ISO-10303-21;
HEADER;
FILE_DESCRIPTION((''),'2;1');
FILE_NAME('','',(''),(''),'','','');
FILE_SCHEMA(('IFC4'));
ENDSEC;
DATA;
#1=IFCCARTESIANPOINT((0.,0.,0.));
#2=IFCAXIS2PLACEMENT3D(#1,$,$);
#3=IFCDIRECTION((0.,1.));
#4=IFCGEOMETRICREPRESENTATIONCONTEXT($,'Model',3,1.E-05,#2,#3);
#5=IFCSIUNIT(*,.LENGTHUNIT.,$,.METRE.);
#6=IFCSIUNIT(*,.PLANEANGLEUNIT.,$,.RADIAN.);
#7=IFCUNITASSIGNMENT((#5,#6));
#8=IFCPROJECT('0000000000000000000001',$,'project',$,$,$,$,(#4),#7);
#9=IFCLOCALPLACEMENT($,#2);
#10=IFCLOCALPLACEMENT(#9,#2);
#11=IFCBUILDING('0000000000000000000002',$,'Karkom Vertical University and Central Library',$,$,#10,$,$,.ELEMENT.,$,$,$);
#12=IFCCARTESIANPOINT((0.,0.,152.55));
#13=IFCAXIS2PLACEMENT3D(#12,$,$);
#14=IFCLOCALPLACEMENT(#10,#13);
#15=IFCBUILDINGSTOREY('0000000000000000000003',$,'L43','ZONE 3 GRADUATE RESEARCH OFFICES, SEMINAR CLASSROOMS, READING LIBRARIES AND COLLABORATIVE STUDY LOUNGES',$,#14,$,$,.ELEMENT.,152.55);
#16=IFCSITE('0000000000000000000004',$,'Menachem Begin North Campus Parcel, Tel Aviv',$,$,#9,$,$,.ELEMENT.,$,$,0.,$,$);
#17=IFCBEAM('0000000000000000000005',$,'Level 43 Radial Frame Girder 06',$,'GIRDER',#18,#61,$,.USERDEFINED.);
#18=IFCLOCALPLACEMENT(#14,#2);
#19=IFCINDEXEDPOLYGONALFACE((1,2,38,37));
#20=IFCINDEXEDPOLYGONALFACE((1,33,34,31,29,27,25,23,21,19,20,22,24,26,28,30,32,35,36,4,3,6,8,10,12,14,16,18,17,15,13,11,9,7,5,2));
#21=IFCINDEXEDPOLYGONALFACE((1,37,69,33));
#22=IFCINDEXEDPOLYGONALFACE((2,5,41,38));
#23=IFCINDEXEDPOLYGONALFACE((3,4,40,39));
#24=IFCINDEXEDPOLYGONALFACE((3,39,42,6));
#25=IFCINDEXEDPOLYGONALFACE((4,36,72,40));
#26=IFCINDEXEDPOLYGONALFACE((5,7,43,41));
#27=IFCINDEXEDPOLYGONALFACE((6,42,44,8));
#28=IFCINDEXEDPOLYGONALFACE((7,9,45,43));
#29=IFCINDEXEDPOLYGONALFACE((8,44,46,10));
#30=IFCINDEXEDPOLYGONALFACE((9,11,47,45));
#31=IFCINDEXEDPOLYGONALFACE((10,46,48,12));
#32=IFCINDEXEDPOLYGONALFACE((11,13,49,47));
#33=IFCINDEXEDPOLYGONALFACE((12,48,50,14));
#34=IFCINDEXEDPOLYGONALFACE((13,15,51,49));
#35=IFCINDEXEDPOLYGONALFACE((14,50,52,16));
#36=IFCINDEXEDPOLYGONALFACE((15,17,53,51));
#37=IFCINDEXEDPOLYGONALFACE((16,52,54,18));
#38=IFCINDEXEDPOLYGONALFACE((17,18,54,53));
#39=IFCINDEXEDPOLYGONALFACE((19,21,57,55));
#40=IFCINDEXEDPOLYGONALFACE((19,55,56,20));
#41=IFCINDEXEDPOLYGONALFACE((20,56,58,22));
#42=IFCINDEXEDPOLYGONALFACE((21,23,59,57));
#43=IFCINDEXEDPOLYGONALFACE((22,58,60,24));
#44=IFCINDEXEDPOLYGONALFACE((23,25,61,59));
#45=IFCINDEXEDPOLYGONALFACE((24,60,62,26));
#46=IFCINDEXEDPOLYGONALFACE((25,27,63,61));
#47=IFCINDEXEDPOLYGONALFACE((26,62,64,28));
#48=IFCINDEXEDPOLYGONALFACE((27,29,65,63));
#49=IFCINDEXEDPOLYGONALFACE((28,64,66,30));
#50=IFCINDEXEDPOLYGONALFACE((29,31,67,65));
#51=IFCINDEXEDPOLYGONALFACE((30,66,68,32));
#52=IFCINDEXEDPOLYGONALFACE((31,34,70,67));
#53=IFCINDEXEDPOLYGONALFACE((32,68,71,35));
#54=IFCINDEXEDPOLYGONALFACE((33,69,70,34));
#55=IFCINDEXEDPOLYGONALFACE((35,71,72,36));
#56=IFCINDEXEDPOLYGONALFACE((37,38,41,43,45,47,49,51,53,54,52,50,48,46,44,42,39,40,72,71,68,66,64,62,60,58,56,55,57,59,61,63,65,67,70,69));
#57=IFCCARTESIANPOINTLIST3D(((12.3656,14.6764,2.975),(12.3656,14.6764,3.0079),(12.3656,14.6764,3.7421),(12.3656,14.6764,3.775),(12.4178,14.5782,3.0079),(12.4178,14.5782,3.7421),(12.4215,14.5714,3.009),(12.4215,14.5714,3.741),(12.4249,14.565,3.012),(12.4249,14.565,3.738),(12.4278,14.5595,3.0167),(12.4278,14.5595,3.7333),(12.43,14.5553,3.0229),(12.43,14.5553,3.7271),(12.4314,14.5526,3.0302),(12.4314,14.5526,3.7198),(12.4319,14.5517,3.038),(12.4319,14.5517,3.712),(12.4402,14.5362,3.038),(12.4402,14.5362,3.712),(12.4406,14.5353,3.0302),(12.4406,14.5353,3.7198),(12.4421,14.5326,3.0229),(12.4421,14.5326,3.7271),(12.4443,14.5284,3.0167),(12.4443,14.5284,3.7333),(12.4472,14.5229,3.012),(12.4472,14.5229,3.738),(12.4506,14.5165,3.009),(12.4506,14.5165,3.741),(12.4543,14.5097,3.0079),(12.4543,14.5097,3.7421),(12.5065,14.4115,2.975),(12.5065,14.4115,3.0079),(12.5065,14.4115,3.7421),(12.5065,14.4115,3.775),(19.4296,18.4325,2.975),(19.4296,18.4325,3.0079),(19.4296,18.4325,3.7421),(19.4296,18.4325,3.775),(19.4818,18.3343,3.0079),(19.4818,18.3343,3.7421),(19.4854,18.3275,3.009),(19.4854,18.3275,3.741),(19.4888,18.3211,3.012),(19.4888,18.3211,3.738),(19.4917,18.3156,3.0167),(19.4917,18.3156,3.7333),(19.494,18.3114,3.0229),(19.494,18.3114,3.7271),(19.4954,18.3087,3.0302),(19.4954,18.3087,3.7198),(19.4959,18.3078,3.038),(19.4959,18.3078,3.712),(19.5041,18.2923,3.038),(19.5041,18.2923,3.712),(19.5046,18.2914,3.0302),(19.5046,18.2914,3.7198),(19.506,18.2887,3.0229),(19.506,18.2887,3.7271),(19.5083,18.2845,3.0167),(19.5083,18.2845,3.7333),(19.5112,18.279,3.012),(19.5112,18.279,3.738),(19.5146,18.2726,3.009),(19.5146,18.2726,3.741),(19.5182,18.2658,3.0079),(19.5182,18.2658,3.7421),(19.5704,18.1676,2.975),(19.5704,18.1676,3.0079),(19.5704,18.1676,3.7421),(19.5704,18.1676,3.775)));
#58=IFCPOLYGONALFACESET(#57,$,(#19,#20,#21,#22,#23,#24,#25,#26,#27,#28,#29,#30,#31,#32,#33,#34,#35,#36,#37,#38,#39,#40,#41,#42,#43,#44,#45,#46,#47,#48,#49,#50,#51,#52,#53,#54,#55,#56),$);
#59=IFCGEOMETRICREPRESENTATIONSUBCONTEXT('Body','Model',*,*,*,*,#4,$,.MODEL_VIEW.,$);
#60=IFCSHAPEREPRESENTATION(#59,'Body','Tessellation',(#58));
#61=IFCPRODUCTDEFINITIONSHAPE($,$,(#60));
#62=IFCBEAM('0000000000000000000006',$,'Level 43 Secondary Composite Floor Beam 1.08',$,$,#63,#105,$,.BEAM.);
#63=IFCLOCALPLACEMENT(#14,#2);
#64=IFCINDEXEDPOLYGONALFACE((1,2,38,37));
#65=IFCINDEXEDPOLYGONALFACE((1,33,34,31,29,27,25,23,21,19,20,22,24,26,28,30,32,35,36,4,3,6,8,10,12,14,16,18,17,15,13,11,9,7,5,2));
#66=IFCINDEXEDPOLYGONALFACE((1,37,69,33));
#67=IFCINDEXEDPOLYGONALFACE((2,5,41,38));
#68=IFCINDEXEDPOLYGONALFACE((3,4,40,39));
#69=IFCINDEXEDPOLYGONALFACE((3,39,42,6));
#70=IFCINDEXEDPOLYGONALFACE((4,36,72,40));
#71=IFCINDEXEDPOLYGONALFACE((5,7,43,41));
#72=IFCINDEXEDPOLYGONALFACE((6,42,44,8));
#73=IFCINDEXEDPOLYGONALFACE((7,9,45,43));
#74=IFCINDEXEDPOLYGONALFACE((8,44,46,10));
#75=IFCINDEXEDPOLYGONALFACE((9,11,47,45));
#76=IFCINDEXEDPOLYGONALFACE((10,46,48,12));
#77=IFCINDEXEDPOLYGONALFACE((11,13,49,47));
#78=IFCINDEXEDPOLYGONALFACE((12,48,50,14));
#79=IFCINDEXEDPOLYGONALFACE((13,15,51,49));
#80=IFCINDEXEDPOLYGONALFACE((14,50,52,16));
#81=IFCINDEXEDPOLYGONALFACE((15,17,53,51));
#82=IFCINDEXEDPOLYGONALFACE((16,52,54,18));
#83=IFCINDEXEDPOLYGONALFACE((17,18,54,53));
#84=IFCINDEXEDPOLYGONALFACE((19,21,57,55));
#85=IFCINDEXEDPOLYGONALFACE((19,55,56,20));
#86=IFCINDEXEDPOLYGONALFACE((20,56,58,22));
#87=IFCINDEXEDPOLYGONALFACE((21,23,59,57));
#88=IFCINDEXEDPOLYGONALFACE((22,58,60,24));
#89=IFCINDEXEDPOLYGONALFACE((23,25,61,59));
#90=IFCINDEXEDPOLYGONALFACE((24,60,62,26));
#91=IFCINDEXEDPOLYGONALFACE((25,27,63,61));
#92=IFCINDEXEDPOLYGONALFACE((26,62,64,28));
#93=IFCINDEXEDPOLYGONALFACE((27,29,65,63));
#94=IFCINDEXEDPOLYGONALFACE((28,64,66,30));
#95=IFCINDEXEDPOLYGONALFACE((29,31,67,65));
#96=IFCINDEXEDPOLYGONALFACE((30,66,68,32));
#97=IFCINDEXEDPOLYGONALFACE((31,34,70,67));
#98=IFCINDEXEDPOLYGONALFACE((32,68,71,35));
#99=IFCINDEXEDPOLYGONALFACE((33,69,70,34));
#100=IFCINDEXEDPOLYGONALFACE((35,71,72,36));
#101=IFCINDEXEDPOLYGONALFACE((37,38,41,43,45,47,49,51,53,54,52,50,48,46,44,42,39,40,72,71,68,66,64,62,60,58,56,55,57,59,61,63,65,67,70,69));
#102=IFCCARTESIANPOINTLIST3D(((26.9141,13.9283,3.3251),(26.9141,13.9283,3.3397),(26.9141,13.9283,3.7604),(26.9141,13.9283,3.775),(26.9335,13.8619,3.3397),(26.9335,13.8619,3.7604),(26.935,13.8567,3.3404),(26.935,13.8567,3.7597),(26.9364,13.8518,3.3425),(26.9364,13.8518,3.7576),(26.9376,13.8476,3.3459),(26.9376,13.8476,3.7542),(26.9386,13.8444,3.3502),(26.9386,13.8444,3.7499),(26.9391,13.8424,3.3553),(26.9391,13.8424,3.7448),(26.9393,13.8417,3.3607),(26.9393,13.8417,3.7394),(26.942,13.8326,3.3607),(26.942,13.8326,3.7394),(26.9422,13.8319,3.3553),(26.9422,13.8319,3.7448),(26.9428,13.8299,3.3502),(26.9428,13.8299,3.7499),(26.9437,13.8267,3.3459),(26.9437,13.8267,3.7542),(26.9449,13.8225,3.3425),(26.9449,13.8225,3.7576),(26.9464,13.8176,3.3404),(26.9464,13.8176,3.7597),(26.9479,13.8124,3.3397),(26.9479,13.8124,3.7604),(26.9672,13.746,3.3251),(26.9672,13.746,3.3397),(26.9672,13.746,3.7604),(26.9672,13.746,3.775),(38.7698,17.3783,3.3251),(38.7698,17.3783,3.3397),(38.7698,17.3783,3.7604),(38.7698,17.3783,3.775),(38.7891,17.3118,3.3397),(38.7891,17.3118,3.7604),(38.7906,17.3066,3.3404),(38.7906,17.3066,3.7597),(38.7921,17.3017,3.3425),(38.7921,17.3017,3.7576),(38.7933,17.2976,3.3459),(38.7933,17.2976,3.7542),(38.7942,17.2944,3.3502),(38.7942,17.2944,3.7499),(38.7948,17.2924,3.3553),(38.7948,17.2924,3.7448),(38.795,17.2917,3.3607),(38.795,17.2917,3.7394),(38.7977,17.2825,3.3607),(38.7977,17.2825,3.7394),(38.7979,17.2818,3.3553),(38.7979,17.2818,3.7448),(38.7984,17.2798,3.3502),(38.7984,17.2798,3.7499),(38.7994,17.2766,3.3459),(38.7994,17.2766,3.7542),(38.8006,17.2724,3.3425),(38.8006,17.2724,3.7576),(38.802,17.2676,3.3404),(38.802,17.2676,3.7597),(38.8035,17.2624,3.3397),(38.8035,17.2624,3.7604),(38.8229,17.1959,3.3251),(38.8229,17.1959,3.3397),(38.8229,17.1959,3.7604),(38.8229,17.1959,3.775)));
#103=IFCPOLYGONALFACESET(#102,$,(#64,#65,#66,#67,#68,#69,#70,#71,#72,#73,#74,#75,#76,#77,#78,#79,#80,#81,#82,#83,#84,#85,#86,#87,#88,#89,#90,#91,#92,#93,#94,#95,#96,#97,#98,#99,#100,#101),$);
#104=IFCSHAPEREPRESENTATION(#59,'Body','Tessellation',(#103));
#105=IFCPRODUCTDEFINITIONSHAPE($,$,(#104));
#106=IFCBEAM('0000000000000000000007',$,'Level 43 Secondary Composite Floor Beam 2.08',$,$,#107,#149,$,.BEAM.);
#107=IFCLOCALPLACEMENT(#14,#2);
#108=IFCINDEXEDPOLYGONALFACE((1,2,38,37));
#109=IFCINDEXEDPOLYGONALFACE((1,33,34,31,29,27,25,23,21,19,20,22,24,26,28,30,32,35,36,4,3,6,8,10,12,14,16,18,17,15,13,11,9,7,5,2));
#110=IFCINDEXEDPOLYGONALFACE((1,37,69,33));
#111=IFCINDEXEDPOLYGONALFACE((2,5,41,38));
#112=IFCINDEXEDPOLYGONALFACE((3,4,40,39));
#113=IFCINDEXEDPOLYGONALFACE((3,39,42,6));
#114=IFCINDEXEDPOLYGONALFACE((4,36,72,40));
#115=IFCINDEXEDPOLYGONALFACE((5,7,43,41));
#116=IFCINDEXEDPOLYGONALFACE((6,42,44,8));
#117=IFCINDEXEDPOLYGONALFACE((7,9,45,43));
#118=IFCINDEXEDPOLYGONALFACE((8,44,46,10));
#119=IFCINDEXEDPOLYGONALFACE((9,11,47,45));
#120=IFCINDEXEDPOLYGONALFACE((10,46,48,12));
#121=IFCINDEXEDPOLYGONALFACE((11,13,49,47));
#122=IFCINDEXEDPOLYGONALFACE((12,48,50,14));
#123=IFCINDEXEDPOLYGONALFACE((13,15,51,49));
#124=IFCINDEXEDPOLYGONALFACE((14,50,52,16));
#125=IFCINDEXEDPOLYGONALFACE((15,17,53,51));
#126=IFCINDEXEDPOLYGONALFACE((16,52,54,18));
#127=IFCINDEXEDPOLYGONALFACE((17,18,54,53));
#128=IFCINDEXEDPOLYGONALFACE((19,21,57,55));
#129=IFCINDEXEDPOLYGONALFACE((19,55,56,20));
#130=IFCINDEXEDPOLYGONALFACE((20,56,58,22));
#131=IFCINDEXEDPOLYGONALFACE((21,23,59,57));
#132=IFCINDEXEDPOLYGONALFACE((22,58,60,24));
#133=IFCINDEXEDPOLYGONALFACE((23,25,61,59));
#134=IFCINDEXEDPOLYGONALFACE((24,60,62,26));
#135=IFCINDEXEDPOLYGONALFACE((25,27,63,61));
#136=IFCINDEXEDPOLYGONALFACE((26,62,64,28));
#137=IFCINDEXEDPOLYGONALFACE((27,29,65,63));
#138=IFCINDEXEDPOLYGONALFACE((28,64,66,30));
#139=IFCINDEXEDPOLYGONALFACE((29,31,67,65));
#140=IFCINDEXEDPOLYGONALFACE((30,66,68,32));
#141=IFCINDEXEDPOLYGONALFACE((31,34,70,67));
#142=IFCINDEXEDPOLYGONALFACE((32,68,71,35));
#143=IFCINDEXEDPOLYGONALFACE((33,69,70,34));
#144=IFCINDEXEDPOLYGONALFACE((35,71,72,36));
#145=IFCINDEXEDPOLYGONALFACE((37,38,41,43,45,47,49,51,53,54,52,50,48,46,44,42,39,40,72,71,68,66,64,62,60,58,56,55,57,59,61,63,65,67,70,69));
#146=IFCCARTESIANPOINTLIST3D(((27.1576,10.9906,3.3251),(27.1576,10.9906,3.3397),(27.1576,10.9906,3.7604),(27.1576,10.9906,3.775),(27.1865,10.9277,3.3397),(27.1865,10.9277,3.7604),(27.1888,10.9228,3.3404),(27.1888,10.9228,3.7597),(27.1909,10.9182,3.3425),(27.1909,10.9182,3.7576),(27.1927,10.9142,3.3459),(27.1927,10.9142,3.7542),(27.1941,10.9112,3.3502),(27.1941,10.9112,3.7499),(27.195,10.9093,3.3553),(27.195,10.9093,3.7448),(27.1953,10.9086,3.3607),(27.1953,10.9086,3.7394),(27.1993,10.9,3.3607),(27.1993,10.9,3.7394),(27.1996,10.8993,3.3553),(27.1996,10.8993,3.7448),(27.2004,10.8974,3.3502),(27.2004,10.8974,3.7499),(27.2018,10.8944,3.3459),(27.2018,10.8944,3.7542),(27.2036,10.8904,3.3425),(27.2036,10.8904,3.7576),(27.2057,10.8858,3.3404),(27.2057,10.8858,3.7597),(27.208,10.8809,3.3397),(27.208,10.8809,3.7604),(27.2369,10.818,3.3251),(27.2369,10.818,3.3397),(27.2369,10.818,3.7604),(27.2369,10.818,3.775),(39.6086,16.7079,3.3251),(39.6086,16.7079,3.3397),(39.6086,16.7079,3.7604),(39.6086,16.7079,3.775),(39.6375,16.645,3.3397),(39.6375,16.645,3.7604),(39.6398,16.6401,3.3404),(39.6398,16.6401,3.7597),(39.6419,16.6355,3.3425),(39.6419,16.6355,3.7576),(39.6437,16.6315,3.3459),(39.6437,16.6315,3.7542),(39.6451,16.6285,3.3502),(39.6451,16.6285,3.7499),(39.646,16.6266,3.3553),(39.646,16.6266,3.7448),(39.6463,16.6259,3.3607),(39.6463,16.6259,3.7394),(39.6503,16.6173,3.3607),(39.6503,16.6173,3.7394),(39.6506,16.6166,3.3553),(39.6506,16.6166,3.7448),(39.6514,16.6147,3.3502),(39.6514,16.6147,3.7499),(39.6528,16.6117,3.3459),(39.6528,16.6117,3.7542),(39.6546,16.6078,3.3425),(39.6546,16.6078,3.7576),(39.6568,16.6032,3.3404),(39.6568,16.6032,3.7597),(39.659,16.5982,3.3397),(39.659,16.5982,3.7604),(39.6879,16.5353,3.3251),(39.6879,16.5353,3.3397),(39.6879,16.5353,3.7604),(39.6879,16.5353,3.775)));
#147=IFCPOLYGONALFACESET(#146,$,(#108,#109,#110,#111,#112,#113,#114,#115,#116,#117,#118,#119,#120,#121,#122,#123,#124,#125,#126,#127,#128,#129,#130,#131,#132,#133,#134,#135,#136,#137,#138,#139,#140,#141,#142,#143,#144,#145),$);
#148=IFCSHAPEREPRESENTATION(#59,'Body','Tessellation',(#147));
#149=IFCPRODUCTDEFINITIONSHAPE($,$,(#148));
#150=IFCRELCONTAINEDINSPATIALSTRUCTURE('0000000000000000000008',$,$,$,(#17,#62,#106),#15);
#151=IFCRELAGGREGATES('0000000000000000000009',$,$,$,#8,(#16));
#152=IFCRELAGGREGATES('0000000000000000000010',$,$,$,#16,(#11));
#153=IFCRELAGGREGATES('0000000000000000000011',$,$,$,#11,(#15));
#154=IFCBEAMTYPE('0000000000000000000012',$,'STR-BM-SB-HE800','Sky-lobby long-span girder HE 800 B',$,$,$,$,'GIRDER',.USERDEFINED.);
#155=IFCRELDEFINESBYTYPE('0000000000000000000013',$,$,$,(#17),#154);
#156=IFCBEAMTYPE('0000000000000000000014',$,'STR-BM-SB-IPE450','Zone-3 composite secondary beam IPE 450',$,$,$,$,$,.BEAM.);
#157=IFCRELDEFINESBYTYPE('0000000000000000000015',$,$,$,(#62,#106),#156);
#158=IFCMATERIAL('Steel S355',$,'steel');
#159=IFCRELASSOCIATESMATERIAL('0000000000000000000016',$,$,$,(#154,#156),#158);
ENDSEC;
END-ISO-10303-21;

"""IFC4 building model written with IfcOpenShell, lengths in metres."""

from ifc_helpers import new_model, si_unit, direction, frame, origin, origin_with_axes, origin_2d, place, context, subcontext, project, spatial, i_section, extrude, source, transform, mapped, material, material_profile, profile_set, type_object, element, save


model = new_model("IFC4")

# Units and contexts
model_context = context("Model", 3, precision=1e-05, world=origin(), true_north=direction((0.0, 1.0)))
body_context = subcontext(model_context, "Body", "Model", "MODEL_VIEW")
ifc_project = project(units=[si_unit("LENGTHUNIT", "METRE"), si_unit("PLANEANGLEUNIT", "RADIAN")], contexts=[model_context])

# Site, building, storey
site_placement = place(None, origin())
site = spatial("IfcSite", under=ifc_project, at=site_placement, Name="Menachem Begin North Campus Parcel, Tel Aviv", CompositionType="ELEMENT", RefElevation=0.0)
building_placement = place(site_placement, origin())
building = spatial("IfcBuilding", under=site, at=building_placement, Name="Karkom Vertical University and Central Library", CompositionType="ELEMENT")
storey_placement = place(building_placement, frame((0.0, 0.0, 152.55)))
storey = spatial("IfcBuildingStorey", under=building, at=storey_placement, Name="L43", Description="ZONE 3 GRADUATE RESEARCH OFFICES, SEMINAR CLASSROOMS, READING LIBRARIES AND COLLABORATIVE STUDY LOUNGES", CompositionType="ELEMENT", Elevation=152.55)

# Beams
ifc_material_1 = material(Name="Steel S355", Category="steel")
ifc_material_profile_1 = material_profile(ifc_material_1, i_section(OverallWidth=0.3, OverallDepth=0.8, WebThickness=0.0176, FlangeThickness=0.033, FilletRadius=0.03, at=origin_2d()), Name="HE 800 B")
ifc_profile_set_1 = profile_set([ifc_material_profile_1], Name="Steel S355")
beam_type_1 = type_object("IfcBeamType", Name="STR-BM-SB-HE800", Description="Sky-lobby long-span girder HE 800 B", ElementType="GIRDER", PredefinedType="USERDEFINED", material=ifc_profile_set_1)
shared_shape_1 = source(origin_with_axes(), body_context, "Body", "SweptSolid", [
    extrude(i_section(OverallWidth=0.3, OverallDepth=0.8, WebThickness=0.0176, FlangeThickness=0.033, FilletRadius=0.03, at=origin_2d()), origin(), (0.0, 0.0, 1.0), 8.0005),
])
beam_1_placement = place(storey_placement, frame((19.5, 18.3, 3.375), z_axis=(-0.882941, -0.469484, 0.0), x_axis=(0.469484, -0.882941, 0.0)))
element("IfcBeam", 1, at=beam_1_placement, inside=storey, type_object=beam_type_1, Name="Level 43 Radial Frame Girder 06", ObjectType="GIRDER", PredefinedType="USERDEFINED", context=body_context, shape_type="MappedRepresentation", body=[
    mapped(shared_shape_1, transform((0.0, 0.0, 0.0), scale=1.0)),
])
ifc_material_profile_2 = material_profile(ifc_material_1, i_section(OverallWidth=0.1899, OverallDepth=0.45, WebThickness=0.0095, FlangeThickness=0.0146, FilletRadius=0.021, at=origin_2d()), Name="IPE 450")
ifc_profile_set_2 = profile_set([ifc_material_profile_2], Name="Steel S355")
beam_type_2 = type_object("IfcBeamType", Name="STR-BM-SB-IPE450", Description="Zone-3 composite secondary beam IPE 450", PredefinedType="BEAM", material=ifc_profile_set_2)
shared_shape_2 = source(origin_with_axes(), body_context, "Body", "SweptSolid", [
    extrude(i_section(OverallWidth=0.1899, OverallDepth=0.45, WebThickness=0.0095, FlangeThickness=0.0146, FilletRadius=0.021, at=origin_2d()), origin(), (0.0, 0.0, 1.0), 12.3474),
])
beam_2_placement = place(storey_placement, frame((26.9407, 13.8372, 3.55), z_axis=(0.960173, 0.279405, 0.0), x_axis=(-0.279405, 0.960173, 0.0)))
element("IfcBeam", 2, at=beam_2_placement, inside=storey, type_object=beam_type_2, Name="Level 43 Secondary Composite Floor Beam 1.08", PredefinedType="BEAM", context=body_context, shape_type="MappedRepresentation", body=[
    mapped(shared_shape_2, transform((0.0, 0.0, 0.0), scale=1.0)),
])
shared_shape_3 = source(origin_with_axes(), body_context, "Body", "SweptSolid", [
    extrude(i_section(OverallWidth=0.1899, OverallDepth=0.45, WebThickness=0.0095, FlangeThickness=0.0146, FilletRadius=0.021, at=origin_2d()), origin(), (0.0, 0.0, 1.0), 13.7009),
])
beam_3_placement = place(storey_placement, frame((27.1973, 10.9043, 3.55), z_axis=(0.908771, 0.417295, 0.0), x_axis=(-0.417295, 0.908771, 0.0)))
element("IfcBeam", 3, at=beam_3_placement, inside=storey, type_object=beam_type_2, Name="Level 43 Secondary Composite Floor Beam 2.08", PredefinedType="BEAM", context=body_context, shape_type="MappedRepresentation", body=[
    mapped(shared_shape_3, transform((0.0, 0.0, 0.0), scale=1.0)),
])

save(model, "model.ifc")
